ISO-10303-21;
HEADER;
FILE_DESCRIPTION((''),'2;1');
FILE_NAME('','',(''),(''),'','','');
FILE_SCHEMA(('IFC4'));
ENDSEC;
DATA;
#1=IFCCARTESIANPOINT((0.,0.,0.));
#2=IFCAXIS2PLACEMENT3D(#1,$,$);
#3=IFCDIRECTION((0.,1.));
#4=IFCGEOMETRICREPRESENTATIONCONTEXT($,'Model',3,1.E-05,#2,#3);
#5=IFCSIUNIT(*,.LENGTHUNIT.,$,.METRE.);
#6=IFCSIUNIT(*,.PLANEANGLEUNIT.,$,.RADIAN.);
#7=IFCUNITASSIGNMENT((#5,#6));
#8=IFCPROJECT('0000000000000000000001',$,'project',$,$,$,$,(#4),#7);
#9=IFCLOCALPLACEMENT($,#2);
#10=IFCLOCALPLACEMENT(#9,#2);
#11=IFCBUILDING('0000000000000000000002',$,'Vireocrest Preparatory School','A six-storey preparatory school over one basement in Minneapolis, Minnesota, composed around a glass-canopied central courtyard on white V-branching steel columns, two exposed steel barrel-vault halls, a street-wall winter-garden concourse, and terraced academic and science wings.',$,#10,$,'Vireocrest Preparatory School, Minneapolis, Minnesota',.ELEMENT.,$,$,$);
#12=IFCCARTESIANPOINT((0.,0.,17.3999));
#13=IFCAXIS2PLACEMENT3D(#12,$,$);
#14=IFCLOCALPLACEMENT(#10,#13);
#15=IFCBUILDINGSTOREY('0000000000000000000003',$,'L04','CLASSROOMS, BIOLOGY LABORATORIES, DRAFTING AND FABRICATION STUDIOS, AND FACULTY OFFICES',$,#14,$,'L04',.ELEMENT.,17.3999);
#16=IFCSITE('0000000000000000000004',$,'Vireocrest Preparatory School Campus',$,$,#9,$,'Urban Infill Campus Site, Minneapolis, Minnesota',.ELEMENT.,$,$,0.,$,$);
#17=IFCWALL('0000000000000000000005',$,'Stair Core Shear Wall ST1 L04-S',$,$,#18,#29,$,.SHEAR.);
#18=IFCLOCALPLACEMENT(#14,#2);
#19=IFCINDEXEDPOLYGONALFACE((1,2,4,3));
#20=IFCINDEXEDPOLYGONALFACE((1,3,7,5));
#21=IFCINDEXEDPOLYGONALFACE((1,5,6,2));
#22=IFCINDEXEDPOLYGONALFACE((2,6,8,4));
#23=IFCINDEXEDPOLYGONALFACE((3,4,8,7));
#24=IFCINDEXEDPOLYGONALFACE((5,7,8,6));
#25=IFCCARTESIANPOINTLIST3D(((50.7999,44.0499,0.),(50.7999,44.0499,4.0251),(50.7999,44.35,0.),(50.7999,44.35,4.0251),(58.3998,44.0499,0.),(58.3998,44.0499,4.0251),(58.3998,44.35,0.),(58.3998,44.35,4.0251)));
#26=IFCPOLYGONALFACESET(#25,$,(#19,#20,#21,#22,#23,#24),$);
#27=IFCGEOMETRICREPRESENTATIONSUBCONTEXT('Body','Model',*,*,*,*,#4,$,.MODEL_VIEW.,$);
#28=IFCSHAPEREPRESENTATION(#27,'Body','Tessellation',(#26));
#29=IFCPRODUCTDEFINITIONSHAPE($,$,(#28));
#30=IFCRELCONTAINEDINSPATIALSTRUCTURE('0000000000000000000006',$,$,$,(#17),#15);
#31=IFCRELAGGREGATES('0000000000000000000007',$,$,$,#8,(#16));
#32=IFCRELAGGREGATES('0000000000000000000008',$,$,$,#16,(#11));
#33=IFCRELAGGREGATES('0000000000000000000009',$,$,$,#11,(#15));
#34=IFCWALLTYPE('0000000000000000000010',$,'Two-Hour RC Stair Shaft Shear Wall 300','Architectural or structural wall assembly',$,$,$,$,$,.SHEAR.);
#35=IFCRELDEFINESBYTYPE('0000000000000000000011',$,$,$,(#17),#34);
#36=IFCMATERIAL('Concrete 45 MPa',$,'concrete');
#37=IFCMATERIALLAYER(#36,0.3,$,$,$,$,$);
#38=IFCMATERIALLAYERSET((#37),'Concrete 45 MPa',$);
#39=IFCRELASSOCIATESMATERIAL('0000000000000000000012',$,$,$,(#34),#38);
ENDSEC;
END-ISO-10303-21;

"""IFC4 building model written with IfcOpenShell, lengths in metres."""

from ifc_helpers import new_model, si_unit, direction, frame, frame_2d, origin, place, context, subcontext, project, spatial, rectangle, extrude, material, layer, layer_set, type_object, element, save


model = new_model("IFC4")

# Units and contexts
model_context = context("Model", 3, precision=1e-05, world=origin(), true_north=direction((0.0, 1.0)))
body_context = subcontext(model_context, "Body", "Model", "MODEL_VIEW")
ifc_project = project(units=[si_unit("LENGTHUNIT", "METRE"), si_unit("PLANEANGLEUNIT", "RADIAN")], contexts=[model_context])

# Site, building, storey
site_placement = place(None, origin())
site = spatial("IfcSite", under=ifc_project, at=site_placement, Name="Vireocrest Preparatory School Campus", LongName="Urban Infill Campus Site, Minneapolis, Minnesota", CompositionType="ELEMENT", RefElevation=0.0)
building_placement = place(site_placement, origin())
building = spatial("IfcBuilding", under=site, at=building_placement, Name="Vireocrest Preparatory School", Description="A six-storey preparatory school over one basement in Minneapolis, Minnesota, composed around a glass-canopied central courtyard on white V-branching steel columns, two exposed steel barrel-vault halls, a street-wall winter-garden concourse, and terraced academic and science wings.", LongName="Vireocrest Preparatory School, Minneapolis, Minnesota", CompositionType="ELEMENT")
storey_placement = place(building_placement, frame((0.0, 0.0, 17.3999)))
storey = spatial("IfcBuildingStorey", under=building, at=storey_placement, Name="L04", Description="CLASSROOMS, BIOLOGY LABORATORIES, DRAFTING AND FABRICATION STUDIOS, AND FACULTY OFFICES", LongName="L04", CompositionType="ELEMENT", Elevation=17.3999)

# Wall
ifc_material_1 = material(Name="Concrete 45 MPa", Category="concrete")
ifc_layer_1 = layer(ifc_material_1, 0.3)
ifc_layer_set_1 = layer_set([ifc_layer_1], Name="Concrete 45 MPa")
wall_type_1 = type_object("IfcWallType", Name="Two-Hour RC Stair Shaft Shear Wall 300", Description="Architectural or structural wall assembly", PredefinedType="SHEAR", material=ifc_layer_set_1)
wall_1_placement = place(storey_placement, frame((50.8, 44.2, 0.0), z_axis=(0.0, 0.0, 1.0), x_axis=(1.0, 0.0, 0.0)))
element("IfcWall", 1, at=wall_1_placement, inside=storey, type_object=wall_type_1, Name="Stair Core Shear Wall ST1 L04-S", PredefinedType="SHEAR", context=body_context, shape_type="SweptSolid", body=[
    extrude(rectangle(XDim=7.5999, YDim=0.3, at=frame_2d((3.7998, 0.0))), origin(), (0.0, 0.0, 1.0), 4.0251),
])

save(model, "model.ifc")
